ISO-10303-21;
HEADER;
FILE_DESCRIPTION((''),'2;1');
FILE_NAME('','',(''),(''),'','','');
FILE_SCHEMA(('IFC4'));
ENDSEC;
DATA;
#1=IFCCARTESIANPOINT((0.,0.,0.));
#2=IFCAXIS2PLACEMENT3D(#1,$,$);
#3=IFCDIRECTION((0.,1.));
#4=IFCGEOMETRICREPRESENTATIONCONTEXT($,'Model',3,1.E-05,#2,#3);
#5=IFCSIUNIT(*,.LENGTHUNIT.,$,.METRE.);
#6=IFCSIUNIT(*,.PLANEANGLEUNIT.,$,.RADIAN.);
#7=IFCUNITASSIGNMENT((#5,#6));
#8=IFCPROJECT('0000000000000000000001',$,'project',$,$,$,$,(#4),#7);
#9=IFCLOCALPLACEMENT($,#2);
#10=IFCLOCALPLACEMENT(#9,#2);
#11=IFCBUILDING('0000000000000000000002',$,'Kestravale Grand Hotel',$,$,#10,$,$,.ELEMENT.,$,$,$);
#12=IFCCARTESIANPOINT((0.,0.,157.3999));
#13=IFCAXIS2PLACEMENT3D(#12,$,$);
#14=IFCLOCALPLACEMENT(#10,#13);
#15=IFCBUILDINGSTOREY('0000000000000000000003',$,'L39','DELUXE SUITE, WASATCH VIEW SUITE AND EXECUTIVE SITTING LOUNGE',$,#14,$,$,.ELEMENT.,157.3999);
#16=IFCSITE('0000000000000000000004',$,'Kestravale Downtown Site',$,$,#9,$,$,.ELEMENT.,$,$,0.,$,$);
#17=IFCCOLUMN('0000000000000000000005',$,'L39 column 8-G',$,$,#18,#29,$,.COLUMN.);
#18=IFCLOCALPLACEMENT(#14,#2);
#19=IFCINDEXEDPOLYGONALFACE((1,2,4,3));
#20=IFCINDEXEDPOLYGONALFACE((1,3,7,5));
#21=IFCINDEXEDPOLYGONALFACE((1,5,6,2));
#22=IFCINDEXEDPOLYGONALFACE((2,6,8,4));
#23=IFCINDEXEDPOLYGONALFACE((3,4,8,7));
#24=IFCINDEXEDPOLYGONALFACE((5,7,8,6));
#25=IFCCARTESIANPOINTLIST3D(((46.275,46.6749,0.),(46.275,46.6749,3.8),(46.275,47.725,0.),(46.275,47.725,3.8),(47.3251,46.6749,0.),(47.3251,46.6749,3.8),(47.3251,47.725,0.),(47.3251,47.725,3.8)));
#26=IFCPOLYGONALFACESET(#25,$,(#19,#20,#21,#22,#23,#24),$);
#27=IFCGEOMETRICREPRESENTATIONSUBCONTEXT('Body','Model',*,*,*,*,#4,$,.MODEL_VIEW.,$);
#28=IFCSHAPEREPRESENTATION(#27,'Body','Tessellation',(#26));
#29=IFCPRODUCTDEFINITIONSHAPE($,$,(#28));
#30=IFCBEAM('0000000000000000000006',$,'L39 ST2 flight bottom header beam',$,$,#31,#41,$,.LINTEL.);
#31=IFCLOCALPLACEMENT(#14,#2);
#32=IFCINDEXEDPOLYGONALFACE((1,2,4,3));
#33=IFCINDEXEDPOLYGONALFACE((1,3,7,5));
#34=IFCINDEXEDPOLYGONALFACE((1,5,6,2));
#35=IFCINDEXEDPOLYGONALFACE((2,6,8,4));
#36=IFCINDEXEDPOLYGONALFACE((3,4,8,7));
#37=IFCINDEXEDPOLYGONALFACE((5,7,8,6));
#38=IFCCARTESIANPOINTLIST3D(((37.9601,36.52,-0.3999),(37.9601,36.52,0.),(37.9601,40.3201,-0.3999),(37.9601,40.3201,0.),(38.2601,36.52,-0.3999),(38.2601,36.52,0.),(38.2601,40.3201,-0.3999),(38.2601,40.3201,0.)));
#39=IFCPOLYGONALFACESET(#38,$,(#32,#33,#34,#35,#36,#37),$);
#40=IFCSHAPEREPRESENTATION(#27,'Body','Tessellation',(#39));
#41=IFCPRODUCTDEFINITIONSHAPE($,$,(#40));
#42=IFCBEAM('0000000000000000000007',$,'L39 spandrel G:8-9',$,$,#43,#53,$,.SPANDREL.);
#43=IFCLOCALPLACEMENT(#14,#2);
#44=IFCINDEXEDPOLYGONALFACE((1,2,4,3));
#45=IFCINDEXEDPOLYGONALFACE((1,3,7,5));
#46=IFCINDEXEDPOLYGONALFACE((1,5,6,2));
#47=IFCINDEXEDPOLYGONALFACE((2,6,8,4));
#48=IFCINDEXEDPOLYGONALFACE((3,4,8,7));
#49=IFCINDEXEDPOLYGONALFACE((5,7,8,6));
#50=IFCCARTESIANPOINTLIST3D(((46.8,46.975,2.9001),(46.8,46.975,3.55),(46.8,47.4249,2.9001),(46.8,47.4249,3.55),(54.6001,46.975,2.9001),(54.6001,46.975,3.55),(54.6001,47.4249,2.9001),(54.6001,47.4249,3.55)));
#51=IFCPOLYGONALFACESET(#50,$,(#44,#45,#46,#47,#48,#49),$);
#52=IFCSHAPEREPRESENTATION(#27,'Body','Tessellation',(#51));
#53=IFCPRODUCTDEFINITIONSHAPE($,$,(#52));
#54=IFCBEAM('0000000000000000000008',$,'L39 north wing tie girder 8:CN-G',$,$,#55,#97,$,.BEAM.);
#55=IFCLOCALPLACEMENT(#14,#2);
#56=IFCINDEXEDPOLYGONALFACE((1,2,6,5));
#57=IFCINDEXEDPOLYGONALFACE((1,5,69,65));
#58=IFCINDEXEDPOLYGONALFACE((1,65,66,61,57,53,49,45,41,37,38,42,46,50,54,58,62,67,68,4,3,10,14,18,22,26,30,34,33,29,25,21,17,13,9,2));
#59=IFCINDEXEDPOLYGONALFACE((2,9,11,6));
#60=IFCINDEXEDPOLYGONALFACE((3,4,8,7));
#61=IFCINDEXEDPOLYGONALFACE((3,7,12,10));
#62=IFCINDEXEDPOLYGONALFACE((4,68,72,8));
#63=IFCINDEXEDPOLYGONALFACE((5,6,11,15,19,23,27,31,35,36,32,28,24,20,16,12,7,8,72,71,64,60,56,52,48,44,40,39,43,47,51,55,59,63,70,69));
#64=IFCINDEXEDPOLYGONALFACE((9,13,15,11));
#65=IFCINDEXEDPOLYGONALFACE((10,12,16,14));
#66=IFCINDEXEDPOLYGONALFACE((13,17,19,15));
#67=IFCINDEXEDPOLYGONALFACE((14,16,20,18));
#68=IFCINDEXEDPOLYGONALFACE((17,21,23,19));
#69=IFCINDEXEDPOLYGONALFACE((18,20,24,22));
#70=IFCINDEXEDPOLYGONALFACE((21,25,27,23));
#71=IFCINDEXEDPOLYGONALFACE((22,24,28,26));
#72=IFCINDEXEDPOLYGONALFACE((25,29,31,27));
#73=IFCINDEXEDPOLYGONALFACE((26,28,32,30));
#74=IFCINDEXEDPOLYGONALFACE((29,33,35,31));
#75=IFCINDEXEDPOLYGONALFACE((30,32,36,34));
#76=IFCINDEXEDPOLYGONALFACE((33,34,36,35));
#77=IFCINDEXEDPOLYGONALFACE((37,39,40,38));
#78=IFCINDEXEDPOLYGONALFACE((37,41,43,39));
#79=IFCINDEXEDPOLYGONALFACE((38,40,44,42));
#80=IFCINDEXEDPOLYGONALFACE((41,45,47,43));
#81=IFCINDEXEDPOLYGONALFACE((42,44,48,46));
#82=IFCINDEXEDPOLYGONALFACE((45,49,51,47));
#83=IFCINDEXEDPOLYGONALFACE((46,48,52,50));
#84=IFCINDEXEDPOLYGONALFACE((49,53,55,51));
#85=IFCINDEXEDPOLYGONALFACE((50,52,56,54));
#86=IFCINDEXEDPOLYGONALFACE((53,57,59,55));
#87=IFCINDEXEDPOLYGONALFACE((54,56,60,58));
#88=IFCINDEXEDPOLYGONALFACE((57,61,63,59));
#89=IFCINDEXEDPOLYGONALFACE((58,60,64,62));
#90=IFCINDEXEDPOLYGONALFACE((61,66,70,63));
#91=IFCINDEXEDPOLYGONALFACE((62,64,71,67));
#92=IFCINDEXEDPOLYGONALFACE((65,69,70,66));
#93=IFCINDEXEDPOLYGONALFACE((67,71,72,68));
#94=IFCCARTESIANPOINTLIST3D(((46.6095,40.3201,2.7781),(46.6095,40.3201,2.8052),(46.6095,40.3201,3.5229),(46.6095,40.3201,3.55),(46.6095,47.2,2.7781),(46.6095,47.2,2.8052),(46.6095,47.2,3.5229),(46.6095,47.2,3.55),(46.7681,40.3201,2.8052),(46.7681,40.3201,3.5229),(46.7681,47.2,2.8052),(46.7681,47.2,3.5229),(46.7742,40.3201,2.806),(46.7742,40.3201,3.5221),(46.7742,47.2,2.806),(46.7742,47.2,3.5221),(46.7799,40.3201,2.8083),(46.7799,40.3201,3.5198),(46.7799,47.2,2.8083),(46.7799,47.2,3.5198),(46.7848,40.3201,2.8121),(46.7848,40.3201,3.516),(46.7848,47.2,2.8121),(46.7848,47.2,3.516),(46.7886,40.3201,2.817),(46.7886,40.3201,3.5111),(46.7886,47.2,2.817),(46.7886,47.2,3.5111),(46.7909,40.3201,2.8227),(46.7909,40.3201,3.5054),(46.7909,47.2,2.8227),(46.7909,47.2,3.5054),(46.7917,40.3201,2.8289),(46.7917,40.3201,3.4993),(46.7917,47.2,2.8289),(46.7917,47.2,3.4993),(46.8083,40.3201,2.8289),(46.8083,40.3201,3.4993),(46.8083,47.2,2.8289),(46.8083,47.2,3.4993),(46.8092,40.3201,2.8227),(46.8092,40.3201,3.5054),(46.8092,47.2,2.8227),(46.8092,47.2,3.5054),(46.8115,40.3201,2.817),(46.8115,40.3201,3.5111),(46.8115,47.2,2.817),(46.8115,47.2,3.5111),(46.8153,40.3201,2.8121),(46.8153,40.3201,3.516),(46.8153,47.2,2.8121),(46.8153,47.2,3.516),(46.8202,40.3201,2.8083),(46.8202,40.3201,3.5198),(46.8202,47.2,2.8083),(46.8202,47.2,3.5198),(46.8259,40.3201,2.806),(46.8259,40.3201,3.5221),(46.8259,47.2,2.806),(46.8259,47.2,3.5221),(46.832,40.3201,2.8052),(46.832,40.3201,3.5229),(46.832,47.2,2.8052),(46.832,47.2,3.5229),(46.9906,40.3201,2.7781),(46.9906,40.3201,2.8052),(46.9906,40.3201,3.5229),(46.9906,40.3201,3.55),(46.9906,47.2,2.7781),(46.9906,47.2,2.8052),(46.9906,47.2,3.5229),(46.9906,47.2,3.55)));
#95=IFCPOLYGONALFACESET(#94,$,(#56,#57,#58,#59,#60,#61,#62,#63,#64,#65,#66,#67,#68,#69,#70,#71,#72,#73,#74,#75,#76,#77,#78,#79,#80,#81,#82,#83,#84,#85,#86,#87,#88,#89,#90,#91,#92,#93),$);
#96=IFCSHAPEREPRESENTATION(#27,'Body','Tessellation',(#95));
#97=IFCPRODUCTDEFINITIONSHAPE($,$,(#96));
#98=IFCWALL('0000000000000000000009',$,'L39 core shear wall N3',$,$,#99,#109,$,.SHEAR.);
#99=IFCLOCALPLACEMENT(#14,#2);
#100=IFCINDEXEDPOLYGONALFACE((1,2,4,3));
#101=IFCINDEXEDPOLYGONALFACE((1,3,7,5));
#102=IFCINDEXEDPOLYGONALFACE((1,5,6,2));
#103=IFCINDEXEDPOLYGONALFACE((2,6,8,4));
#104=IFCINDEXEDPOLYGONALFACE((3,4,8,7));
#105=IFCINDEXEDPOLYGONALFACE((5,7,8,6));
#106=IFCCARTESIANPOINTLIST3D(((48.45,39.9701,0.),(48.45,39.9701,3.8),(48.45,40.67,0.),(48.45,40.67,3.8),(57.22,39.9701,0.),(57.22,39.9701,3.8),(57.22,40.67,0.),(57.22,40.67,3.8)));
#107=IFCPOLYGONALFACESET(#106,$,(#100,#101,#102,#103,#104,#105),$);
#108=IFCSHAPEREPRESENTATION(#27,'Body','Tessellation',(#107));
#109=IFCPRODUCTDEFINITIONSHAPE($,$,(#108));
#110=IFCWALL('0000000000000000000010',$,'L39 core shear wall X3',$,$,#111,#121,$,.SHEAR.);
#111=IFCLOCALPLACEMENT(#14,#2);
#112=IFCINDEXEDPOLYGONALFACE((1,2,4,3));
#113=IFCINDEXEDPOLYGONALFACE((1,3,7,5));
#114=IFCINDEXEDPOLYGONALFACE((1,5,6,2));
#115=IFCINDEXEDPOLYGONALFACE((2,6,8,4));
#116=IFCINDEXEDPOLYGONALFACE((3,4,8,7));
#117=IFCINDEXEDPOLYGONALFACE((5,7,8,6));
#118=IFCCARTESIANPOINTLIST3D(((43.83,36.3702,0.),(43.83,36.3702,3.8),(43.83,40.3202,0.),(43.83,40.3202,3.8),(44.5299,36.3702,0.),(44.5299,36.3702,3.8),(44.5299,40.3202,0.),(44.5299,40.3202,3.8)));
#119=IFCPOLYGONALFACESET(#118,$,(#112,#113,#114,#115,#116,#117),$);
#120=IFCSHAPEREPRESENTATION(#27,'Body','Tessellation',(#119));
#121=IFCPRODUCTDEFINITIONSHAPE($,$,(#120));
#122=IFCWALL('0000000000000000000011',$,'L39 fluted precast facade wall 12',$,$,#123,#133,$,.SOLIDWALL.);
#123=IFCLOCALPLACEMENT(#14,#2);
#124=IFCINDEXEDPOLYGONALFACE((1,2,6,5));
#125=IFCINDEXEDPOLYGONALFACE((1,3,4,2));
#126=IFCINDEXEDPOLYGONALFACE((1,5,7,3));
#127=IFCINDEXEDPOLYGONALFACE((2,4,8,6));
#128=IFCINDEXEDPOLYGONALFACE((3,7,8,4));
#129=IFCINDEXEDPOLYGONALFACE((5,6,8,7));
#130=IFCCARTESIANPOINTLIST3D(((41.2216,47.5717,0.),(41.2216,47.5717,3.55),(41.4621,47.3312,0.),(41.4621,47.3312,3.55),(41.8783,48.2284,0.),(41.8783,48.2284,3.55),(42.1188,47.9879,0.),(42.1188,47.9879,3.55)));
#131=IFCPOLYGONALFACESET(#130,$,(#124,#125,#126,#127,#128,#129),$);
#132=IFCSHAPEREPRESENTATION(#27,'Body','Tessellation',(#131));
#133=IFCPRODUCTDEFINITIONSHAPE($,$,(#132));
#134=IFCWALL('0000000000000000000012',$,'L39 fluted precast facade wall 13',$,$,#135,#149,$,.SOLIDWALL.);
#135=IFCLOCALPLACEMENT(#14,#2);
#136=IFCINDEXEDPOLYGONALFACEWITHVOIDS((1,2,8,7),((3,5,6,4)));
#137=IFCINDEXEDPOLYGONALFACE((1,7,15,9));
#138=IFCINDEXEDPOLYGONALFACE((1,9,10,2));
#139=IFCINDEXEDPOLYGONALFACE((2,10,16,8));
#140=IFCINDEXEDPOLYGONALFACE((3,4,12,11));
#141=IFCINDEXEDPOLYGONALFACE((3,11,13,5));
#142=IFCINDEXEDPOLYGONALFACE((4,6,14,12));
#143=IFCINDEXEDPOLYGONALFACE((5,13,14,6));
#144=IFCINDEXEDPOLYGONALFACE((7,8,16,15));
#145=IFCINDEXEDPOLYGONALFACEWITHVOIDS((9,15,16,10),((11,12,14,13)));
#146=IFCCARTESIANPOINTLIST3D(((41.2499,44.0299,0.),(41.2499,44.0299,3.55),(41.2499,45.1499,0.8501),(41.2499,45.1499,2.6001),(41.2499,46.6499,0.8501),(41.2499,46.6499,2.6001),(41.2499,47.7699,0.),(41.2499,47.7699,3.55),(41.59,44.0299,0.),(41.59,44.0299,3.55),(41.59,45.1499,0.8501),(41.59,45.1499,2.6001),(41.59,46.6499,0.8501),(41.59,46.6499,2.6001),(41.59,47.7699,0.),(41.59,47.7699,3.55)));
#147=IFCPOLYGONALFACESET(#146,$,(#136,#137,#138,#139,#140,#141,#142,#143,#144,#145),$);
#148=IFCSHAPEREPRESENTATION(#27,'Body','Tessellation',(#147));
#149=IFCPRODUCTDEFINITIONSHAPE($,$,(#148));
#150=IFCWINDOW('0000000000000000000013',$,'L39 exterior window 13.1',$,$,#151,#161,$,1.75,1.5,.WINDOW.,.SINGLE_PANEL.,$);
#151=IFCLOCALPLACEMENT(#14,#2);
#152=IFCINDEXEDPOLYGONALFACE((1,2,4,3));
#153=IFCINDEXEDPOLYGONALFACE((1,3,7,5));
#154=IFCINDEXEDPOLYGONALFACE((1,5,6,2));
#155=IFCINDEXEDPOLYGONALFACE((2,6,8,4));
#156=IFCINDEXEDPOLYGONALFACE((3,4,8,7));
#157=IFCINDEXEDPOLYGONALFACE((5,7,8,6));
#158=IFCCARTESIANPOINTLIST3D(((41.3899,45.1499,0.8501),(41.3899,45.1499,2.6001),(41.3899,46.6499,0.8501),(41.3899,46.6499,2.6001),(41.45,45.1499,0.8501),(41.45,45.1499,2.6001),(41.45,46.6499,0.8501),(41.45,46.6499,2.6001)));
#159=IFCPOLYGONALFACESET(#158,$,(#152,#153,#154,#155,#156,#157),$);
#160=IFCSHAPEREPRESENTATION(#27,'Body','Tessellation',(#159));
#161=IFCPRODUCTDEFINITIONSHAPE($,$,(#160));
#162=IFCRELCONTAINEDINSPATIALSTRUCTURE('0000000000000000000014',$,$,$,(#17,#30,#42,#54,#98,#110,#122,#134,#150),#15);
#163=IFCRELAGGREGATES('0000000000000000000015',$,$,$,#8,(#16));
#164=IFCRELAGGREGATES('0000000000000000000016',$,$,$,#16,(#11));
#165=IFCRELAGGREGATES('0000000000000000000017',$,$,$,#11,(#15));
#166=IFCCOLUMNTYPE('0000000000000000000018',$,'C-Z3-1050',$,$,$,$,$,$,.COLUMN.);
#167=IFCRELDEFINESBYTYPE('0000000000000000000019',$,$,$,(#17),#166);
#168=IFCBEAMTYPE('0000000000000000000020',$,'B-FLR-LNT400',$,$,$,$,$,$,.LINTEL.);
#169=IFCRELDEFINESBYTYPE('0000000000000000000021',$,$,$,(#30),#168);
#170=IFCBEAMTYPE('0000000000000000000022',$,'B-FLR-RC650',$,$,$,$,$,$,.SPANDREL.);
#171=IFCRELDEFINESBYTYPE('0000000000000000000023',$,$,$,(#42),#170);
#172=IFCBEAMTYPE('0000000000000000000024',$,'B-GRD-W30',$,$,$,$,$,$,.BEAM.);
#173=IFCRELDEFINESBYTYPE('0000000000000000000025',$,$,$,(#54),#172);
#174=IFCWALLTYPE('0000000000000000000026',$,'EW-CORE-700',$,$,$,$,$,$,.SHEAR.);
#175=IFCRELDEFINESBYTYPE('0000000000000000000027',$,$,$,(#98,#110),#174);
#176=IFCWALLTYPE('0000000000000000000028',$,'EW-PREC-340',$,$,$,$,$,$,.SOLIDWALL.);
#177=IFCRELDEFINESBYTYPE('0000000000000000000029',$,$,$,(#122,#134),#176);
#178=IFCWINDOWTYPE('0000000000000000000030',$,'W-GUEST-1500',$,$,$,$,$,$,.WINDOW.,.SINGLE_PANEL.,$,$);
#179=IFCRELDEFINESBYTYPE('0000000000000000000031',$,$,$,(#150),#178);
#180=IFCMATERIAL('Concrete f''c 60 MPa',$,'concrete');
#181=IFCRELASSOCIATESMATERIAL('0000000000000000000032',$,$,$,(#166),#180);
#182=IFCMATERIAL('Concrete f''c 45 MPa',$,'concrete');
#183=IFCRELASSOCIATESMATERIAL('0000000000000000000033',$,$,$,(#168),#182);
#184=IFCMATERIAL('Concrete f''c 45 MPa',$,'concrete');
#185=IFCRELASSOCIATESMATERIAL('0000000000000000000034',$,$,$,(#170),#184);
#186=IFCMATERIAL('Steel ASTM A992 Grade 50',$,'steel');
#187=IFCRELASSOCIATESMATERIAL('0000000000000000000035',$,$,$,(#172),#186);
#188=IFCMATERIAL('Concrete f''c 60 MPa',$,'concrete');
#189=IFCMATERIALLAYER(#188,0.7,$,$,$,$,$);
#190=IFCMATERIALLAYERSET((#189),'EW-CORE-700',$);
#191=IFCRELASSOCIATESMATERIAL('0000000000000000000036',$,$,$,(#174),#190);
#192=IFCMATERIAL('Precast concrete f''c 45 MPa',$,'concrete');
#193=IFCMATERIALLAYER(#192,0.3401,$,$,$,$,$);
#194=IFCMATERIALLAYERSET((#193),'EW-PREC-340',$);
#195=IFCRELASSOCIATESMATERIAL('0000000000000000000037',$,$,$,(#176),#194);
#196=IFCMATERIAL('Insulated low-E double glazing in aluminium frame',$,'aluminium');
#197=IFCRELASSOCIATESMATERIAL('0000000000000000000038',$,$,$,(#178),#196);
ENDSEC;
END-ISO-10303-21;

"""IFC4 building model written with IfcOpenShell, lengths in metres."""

from ifc_helpers import new_model, si_unit, direction, frame, frame_2d, origin, origin_2d, place, context, subcontext, project, spatial, rectangle, i_section, extrude, material, layer, layer_set, material_profile, profile_set, type_object, element, fill, save


model = new_model("IFC4")

# Units and contexts
model_context = context("Model", 3, precision=1e-05, world=origin(), true_north=direction((0.0, 1.0)))
body_context = subcontext(model_context, "Body", "Model", "MODEL_VIEW")
ifc_project = project(units=[si_unit("LENGTHUNIT", "METRE"), si_unit("PLANEANGLEUNIT", "RADIAN")], contexts=[model_context])

# Site, building, storey
site_placement = place(None, origin())
site = spatial("IfcSite", under=ifc_project, at=site_placement, Name="Kestravale Downtown Site", CompositionType="ELEMENT", RefElevation=0.0)
building_placement = place(site_placement, origin())
building = spatial("IfcBuilding", under=site, at=building_placement, Name="Kestravale Grand Hotel", CompositionType="ELEMENT")
storey_placement = place(building_placement, frame((0.0, 0.0, 157.3999)))
storey = spatial("IfcBuildingStorey", under=building, at=storey_placement, Name="L39", Description="DELUXE SUITE, WASATCH VIEW SUITE AND EXECUTIVE SITTING LOUNGE", CompositionType="ELEMENT", Elevation=157.3999)

# Column
ifc_material_1 = material(Name="Concrete f'c 60 MPa", Category="concrete")
ifc_material_profile_1 = material_profile(ifc_material_1, rectangle(XDim=1.05, YDim=1.05, at=origin_2d()))
ifc_profile_set_1 = profile_set([ifc_material_profile_1], Name="Concrete f'c 60 MPa")
column_type = type_object("IfcColumnType", Name="C-Z3-1050", PredefinedType="COLUMN", material=ifc_profile_set_1)
column_placement = place(storey_placement, frame((46.8, 47.2, 0.0), z_axis=(0.0, 0.0, 1.0), x_axis=(1.0, 0.0, 0.0)))
element("IfcColumn", 1, at=column_placement, inside=storey, type_object=column_type, Name="L39 column 8-G", PredefinedType="COLUMN", context=body_context, shape_type="SweptSolid", body=[
    extrude(rectangle(XDim=1.05, YDim=1.05, at=origin_2d()), origin(), (0.0, 0.0, 1.0), 3.8),
])

# Beams
ifc_material_2 = material(Name="Concrete f'c 45 MPa", Category="concrete")
ifc_material_profile_2 = material_profile(ifc_material_2, rectangle(XDim=0.3, YDim=0.3999, at=origin_2d()))
ifc_profile_set_2 = profile_set([ifc_material_profile_2], Name="Concrete f'c 45 MPa")
beam_type_1 = type_object("IfcBeamType", Name="B-FLR-LNT400", PredefinedType="LINTEL", material=ifc_profile_set_2)
beam_1_placement = place(storey_placement, frame((38.1101, 36.52, -0.2), z_axis=(0.0, 1.0, 0.0), x_axis=(-1.0, 0.0, 0.0)))
element("IfcBeam", 2, at=beam_1_placement, inside=storey, type_object=beam_type_1, Name="L39 ST2 flight bottom header beam", PredefinedType="LINTEL", context=body_context, shape_type="SweptSolid", body=[
    extrude(rectangle(XDim=0.3, YDim=0.3999, at=origin_2d()), origin(), (0.0, 0.0, 1.0), 3.8),
])
ifc_material_3 = material(Name="Concrete f'c 45 MPa", Category="concrete")
ifc_material_profile_3 = material_profile(ifc_material_3, rectangle(XDim=0.45, YDim=0.6499, at=origin_2d()))
ifc_profile_set_3 = profile_set([ifc_material_profile_3], Name="Concrete f'c 45 MPa")
beam_type_2 = type_object("IfcBeamType", Name="B-FLR-RC650", PredefinedType="SPANDREL", material=ifc_profile_set_3)
beam_2_placement = place(storey_placement, frame((46.8, 47.2, 3.2251), z_axis=(1.0, 0.0, 0.0), x_axis=(0.0, 1.0, 0.0)))
element("IfcBeam", 3, at=beam_2_placement, inside=storey, type_object=beam_type_2, Name="L39 spandrel G:8-9", PredefinedType="SPANDREL", context=body_context, shape_type="SweptSolid", body=[
    extrude(rectangle(XDim=0.45, YDim=0.6499, at=origin_2d()), origin(), (0.0, 0.0, 1.0), 7.8),
])
ifc_material_4 = material(Name="Steel ASTM A992 Grade 50", Category="steel")
ifc_material_profile_4 = material_profile(ifc_material_4, i_section(OverallWidth=0.3811, OverallDepth=0.772, WebThickness=0.0166, FlangeThickness=0.0271, FilletRadius=0.0237, at=origin_2d()))
ifc_profile_set_4 = profile_set([ifc_material_profile_4], Name="Steel ASTM A992 Grade 50")
beam_type_3 = type_object("IfcBeamType", Name="B-GRD-W30", PredefinedType="BEAM", material=ifc_profile_set_4)
beam_3_placement = place(storey_placement, frame((46.8, 40.3201, 3.1641), z_axis=(0.0, 1.0, 0.0), x_axis=(-1.0, 0.0, 0.0)))
element("IfcBeam", 4, at=beam_3_placement, inside=storey, type_object=beam_type_3, Name="L39 north wing tie girder 8:CN-G", PredefinedType="BEAM", context=body_context, shape_type="SweptSolid", body=[
    extrude(i_section(OverallWidth=0.3811, OverallDepth=0.772, WebThickness=0.0166, FlangeThickness=0.0271, FilletRadius=0.0237, at=origin_2d()), origin(), (0.0, 0.0, 1.0), 6.8799),
])

# Walls
ifc_material_5 = material(Name="Concrete f'c 60 MPa", Category="concrete")
ifc_layer_1 = layer(ifc_material_5, 0.7)
ifc_layer_set_1 = layer_set([ifc_layer_1], Name="EW-CORE-700")
wall_type_1 = type_object("IfcWallType", Name="EW-CORE-700", PredefinedType="SHEAR", material=ifc_layer_set_1)
wall_1_placement = place(storey_placement, frame((48.45, 40.3201, 0.0), z_axis=(0.0, 0.0, 1.0), x_axis=(1.0, 0.0, 0.0)))
element("IfcWall", 5, at=wall_1_placement, inside=storey, type_object=wall_type_1, Name="L39 core shear wall N3", PredefinedType="SHEAR", context=body_context, shape_type="SweptSolid", body=[
    extrude(rectangle(XDim=8.77, YDim=0.7, at=frame_2d((4.385, 0.0))), origin(), (0.0, 0.0, 1.0), 3.8),
])
wall_2_placement = place(storey_placement, frame((44.1799, 36.3701, 0.0), z_axis=(0.0, 0.0, 1.0), x_axis=(0.0, 1.0, 0.0)))
element("IfcWall", 6, at=wall_2_placement, inside=storey, type_object=wall_type_1, Name="L39 core shear wall X3", PredefinedType="SHEAR", context=body_context, shape_type="SweptSolid", body=[
    extrude(rectangle(XDim=3.95, YDim=0.7, at=frame_2d((1.9751, 0.0))), origin(), (0.0, 0.0, 1.0), 3.8),
])
ifc_material_6 = material(Name="Precast concrete f'c 45 MPa", Category="concrete")
ifc_layer_2 = layer(ifc_material_6, 0.3401)
ifc_layer_set_2 = layer_set([ifc_layer_2], Name="EW-PREC-340")
wall_type_2 = type_object("IfcWallType", Name="EW-PREC-340", PredefinedType="SOLIDWALL", material=ifc_layer_set_2)
wall_3_placement = place(storey_placement, frame((41.9985, 48.1082, 0.0), z_axis=(0.0, 0.0, 1.0), x_axis=(-0.707107, -0.707107, 0.0)))
element("IfcWall", 7, at=wall_3_placement, inside=storey, type_object=wall_type_2, Name="L39 fluted precast facade wall 12", PredefinedType="SOLIDWALL", context=body_context, shape_type="SweptSolid", body=[
    extrude(rectangle(XDim=0.9287, YDim=0.3401, at=frame_2d((0.4644, 0.0))), origin(), (0.0, 0.0, 1.0), 3.55),
])

# Wall, opening, window
wall_4_placement = place(storey_placement, frame((41.4199, 47.77, 0.0), z_axis=(0.0, 0.0, 1.0), x_axis=(0.0, -1.0, 0.0)))
wall_4 = element("IfcWall", 8, at=wall_4_placement, inside=storey, type_object=wall_type_2, Name="L39 fluted precast facade wall 13", PredefinedType="SOLIDWALL", context=body_context, shape_type="SweptSolid", body=[
    extrude(rectangle(XDim=3.74, YDim=0.3401, at=frame_2d((1.8701, 0.0))), origin(), (0.0, 0.0, 1.0), 3.55),
])
opening_1_placement = place(wall_4_placement, frame((1.1201, 0.0, 0.8501)))
opening_1 = element("IfcOpeningElement", 9, at=opening_1_placement, cuts=wall_4, PredefinedType="OPENING", context=body_context, shape_type="SweptSolid", body=[
    extrude(rectangle(XDim=1.5, YDim=1.75, at=frame_2d((0.75, 0.875))), frame((0.0, 0.1799, 0.0), z_axis=(0.0, -1.0, 0.0), x_axis=(1.0, 0.0, 0.0)), (0.0, 0.0, 1.0), 0.3601),
])
ifc_material_7 = material(Name="Insulated low-E double glazing in aluminium frame", Category="aluminium")
window_type = type_object("IfcWindowType", Name="W-GUEST-1500", PartitioningType="SINGLE_PANEL", PredefinedType="WINDOW", material=ifc_material_7)
window_1_placement = place(opening_1_placement, origin())
window_1 = element("IfcWindow", 10, at=window_1_placement, inside=storey, type_object=window_type, Name="L39 exterior window 13.1", OverallHeight=1.75, OverallWidth=1.5, PartitioningType="SINGLE_PANEL", PredefinedType="WINDOW", context=body_context, shape_type="SweptSolid", body=[
    extrude(rectangle(XDim=1.5, YDim=1.75, at=frame_2d((0.75, 0.875))), frame((0.0, 0.03, 0.0), z_axis=(0.0, -1.0, 0.0), x_axis=(1.0, 0.0, 0.0)), (0.0, 0.0, 1.0), 0.0601),
])
fill(opening_1, window_1)

save(model, "model.ifc")
